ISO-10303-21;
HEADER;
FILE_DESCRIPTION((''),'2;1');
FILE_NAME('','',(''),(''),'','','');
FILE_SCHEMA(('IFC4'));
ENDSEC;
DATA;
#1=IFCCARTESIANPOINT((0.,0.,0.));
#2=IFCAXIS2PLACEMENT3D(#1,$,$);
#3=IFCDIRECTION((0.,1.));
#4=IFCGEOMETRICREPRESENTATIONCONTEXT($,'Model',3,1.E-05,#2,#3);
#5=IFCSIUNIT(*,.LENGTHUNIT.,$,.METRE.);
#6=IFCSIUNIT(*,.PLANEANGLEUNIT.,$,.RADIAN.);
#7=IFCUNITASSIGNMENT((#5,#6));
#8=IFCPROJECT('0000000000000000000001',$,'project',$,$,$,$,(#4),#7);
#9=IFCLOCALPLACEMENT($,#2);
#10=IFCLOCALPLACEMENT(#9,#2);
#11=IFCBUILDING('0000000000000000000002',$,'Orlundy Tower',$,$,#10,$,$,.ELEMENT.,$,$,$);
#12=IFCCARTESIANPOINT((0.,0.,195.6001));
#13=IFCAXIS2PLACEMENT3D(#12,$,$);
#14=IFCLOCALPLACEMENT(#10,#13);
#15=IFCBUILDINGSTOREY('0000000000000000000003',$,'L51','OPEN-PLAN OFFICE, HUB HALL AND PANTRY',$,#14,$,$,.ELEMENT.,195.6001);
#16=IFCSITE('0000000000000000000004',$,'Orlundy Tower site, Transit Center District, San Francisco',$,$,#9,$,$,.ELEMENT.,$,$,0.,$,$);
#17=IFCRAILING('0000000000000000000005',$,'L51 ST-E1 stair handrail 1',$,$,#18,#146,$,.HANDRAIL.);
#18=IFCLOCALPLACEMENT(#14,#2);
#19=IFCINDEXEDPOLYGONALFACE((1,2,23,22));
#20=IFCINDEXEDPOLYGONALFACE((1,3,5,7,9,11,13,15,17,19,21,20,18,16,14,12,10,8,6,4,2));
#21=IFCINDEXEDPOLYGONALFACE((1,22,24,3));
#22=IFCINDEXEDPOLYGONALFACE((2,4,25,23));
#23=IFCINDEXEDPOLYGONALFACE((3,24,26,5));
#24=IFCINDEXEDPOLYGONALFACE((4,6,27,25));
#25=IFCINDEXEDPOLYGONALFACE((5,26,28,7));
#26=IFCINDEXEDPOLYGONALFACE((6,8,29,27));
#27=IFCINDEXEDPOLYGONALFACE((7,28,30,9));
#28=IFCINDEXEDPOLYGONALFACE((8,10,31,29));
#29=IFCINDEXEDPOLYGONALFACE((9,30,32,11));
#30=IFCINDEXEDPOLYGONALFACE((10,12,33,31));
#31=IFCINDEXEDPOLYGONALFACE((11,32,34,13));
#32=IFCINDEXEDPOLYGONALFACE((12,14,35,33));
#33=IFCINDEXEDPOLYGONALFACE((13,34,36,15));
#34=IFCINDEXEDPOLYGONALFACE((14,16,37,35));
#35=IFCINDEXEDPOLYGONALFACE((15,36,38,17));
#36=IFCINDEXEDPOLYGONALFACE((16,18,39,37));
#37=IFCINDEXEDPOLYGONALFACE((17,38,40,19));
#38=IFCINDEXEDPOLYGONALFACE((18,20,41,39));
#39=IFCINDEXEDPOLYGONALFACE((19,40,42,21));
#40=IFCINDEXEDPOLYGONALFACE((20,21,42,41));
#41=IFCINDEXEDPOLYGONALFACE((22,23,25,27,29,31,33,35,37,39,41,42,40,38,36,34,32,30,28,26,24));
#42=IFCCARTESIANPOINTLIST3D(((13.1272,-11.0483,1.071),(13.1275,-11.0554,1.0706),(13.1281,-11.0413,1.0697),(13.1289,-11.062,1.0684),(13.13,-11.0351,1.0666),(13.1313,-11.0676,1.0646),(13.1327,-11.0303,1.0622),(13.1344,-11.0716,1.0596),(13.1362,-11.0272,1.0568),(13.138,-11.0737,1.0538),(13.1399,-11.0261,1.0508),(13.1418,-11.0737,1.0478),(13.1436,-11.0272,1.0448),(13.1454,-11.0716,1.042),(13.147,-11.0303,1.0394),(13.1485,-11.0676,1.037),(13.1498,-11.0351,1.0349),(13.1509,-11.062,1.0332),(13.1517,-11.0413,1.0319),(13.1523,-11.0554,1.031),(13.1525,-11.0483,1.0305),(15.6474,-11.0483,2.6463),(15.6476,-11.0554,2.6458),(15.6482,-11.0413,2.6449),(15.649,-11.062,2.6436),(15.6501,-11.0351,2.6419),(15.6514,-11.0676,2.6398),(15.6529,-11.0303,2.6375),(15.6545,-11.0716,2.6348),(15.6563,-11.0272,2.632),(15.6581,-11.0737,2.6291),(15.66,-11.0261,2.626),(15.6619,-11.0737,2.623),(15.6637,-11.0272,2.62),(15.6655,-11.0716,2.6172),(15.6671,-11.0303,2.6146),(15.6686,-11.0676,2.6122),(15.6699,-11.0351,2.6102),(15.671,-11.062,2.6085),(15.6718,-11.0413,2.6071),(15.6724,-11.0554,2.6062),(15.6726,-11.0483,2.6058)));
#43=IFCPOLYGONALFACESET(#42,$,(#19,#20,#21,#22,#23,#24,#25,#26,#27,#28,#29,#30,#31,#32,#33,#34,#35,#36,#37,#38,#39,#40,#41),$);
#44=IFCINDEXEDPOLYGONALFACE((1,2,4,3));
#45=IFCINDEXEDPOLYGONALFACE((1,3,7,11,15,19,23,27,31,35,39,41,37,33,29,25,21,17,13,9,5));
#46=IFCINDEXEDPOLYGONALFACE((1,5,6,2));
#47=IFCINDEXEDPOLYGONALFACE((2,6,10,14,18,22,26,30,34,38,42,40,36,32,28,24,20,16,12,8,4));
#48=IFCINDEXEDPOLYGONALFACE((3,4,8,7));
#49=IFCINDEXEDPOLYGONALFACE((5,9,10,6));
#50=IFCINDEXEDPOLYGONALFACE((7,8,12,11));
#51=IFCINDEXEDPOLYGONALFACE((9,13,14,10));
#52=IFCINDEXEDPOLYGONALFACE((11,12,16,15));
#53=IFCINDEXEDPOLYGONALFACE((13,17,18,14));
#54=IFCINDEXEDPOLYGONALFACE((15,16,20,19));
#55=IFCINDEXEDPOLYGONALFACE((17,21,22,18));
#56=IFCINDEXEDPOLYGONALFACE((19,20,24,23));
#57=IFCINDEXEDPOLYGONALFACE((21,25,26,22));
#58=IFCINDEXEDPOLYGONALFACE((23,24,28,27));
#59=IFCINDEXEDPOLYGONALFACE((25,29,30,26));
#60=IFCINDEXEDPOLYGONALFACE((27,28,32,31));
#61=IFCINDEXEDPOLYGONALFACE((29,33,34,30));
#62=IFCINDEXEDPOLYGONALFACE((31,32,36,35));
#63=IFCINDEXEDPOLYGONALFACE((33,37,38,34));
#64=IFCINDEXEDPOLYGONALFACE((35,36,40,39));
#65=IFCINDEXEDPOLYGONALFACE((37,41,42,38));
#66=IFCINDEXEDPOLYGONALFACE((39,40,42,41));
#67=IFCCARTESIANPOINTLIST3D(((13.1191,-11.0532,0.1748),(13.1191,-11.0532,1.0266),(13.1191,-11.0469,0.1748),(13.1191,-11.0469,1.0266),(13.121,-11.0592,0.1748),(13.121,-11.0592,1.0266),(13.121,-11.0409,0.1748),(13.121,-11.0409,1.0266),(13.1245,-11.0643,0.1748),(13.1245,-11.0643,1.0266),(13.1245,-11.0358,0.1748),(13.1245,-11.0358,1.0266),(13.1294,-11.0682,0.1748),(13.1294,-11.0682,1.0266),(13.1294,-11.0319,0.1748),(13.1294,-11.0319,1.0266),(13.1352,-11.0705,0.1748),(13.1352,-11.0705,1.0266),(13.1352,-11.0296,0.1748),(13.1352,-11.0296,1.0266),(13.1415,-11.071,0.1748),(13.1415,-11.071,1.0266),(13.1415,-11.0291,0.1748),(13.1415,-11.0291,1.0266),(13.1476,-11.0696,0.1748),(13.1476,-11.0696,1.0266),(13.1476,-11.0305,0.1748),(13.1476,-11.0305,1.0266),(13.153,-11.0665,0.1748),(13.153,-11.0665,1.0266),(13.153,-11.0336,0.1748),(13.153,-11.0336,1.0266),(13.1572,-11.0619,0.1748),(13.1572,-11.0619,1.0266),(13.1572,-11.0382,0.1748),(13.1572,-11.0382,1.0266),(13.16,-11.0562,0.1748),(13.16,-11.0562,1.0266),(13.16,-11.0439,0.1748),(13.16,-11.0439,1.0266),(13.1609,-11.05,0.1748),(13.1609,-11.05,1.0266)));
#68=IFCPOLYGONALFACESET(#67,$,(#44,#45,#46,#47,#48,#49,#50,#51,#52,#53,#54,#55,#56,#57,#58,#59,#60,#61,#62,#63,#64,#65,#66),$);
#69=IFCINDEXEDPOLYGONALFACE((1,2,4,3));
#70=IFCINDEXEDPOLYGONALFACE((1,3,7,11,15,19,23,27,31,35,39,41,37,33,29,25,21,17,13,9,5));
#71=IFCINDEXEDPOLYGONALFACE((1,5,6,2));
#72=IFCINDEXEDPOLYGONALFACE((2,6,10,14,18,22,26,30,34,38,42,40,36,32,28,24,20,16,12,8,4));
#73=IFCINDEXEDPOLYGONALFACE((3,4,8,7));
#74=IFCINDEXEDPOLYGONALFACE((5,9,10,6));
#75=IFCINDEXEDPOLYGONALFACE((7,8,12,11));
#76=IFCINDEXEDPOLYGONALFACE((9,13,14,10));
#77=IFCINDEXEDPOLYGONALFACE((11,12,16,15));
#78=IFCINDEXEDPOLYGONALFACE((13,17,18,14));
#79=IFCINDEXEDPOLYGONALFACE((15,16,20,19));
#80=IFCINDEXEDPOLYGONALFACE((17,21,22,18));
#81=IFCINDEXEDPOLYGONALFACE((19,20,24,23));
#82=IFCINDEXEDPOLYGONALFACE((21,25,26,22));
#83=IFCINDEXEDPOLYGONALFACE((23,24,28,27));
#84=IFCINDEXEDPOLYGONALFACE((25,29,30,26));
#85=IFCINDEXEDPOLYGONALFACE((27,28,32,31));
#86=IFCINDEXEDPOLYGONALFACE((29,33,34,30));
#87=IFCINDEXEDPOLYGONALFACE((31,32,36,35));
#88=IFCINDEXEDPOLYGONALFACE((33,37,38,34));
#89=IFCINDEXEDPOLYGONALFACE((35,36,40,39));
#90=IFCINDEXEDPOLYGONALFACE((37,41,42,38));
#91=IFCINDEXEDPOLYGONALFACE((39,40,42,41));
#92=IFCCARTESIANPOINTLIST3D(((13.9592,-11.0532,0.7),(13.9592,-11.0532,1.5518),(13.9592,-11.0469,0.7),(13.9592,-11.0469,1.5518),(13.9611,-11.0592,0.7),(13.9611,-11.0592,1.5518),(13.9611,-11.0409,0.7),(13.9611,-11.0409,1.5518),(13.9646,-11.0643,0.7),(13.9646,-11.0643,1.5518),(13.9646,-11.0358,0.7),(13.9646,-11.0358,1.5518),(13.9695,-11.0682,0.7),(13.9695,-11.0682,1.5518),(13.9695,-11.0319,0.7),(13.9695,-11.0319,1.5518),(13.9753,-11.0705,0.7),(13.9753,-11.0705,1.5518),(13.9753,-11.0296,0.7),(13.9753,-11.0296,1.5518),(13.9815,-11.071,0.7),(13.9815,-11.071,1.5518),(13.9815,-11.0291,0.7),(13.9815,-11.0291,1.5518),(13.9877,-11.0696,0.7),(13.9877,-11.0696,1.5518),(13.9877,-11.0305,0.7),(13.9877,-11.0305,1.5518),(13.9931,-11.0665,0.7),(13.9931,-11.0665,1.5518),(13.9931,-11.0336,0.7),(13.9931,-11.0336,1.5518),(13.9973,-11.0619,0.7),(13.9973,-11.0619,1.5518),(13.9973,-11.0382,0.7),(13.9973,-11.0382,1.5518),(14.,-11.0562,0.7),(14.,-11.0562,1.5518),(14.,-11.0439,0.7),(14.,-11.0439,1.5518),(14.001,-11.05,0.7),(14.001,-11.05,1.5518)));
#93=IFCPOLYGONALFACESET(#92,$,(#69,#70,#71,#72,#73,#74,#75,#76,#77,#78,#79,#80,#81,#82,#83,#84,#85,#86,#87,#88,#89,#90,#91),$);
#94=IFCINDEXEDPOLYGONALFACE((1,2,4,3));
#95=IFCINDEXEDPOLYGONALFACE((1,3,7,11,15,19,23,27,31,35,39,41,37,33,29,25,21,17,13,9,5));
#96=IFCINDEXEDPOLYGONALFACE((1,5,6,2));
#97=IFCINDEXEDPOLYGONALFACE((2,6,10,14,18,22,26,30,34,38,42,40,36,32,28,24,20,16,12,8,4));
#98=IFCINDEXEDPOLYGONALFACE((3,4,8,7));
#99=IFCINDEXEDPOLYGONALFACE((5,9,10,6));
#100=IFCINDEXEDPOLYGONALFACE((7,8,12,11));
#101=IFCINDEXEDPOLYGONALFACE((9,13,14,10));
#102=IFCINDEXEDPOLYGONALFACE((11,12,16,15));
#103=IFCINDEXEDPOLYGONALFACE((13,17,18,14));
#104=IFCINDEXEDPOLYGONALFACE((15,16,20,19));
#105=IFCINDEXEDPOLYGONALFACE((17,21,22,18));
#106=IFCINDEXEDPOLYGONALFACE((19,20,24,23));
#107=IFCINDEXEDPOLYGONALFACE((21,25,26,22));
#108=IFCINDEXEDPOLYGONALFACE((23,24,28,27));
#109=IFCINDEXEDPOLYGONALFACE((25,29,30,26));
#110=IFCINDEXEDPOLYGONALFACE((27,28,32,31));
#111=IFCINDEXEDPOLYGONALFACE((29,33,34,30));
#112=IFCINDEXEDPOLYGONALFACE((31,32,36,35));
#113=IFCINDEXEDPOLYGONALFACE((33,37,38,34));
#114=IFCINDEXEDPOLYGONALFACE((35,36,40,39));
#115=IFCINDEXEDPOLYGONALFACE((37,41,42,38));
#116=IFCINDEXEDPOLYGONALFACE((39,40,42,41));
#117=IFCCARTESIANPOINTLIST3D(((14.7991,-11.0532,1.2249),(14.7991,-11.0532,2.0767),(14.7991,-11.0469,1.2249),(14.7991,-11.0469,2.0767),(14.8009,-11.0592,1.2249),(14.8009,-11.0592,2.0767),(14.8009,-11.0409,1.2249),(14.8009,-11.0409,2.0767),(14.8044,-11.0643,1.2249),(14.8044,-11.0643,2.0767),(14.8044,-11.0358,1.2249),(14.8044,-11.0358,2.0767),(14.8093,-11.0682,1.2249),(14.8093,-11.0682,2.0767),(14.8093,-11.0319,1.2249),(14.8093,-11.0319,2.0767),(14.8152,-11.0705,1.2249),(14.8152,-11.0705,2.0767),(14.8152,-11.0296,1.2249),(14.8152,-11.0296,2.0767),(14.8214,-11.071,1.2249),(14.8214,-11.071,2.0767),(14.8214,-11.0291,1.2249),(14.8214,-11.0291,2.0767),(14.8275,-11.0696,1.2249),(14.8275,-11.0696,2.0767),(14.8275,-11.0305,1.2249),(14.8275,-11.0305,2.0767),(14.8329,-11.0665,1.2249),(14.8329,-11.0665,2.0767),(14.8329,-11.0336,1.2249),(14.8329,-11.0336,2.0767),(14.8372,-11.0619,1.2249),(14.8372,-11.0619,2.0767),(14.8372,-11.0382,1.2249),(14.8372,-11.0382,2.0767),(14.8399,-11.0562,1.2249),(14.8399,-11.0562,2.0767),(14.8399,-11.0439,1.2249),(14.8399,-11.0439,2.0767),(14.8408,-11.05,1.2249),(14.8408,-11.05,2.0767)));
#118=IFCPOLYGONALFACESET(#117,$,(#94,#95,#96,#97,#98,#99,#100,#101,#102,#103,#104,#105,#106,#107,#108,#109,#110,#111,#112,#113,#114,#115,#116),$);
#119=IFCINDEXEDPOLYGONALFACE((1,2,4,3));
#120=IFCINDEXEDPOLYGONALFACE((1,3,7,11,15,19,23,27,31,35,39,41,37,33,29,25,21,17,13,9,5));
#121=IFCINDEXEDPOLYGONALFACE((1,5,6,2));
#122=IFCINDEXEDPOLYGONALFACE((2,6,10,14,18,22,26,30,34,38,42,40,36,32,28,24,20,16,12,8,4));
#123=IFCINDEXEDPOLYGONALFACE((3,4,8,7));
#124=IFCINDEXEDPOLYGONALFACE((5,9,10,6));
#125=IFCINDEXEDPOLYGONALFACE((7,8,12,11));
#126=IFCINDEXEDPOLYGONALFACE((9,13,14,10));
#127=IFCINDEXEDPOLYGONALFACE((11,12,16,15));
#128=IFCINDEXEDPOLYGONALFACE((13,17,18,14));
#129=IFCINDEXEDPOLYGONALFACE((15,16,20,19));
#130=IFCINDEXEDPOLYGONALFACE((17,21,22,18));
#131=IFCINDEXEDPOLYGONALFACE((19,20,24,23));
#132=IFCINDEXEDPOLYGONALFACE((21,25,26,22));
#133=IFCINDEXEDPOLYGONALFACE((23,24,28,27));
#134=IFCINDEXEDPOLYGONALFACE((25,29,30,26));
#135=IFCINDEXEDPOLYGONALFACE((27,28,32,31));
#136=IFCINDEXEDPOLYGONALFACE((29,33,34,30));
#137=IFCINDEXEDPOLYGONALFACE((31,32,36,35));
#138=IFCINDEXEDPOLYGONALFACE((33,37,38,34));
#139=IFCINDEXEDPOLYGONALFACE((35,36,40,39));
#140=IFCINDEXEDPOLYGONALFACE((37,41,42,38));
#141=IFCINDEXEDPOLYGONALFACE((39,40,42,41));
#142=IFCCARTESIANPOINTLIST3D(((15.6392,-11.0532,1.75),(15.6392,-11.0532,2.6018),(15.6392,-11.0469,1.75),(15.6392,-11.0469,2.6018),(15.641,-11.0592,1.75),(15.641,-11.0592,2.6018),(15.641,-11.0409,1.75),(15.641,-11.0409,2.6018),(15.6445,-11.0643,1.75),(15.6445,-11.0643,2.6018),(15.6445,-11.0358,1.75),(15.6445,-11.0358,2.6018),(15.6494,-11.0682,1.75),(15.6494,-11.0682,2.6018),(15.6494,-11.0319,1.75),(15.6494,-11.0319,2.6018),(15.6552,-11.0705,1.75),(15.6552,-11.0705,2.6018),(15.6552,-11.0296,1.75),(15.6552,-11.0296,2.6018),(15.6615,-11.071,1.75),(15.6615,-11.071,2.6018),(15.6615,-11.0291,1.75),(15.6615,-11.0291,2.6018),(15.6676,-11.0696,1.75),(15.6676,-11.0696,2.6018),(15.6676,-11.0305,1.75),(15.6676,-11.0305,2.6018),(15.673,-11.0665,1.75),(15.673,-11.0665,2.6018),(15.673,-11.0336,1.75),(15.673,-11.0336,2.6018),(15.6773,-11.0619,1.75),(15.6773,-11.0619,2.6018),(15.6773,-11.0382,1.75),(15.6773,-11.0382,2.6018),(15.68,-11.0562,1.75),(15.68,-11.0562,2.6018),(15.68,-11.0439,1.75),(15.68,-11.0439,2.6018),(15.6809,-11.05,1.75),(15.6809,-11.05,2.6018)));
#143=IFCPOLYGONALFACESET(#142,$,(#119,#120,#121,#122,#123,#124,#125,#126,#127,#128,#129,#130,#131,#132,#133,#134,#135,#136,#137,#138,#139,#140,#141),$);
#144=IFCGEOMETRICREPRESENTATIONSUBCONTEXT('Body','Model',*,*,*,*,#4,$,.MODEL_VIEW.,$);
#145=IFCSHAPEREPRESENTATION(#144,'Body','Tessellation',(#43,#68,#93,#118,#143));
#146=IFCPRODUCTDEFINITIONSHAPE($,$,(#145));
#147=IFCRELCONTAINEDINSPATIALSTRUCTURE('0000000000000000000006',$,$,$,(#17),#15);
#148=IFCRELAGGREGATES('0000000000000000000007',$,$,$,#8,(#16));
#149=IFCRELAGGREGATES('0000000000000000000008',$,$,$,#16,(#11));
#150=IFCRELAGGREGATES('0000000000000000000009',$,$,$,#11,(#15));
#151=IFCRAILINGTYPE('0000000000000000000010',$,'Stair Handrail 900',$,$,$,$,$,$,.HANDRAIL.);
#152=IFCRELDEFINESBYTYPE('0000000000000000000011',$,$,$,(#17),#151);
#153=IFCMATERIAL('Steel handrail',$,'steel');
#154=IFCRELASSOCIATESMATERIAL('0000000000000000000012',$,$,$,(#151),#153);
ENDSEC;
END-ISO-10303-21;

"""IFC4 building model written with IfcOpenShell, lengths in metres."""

from ifc_helpers import new_model, si_unit, direction, frame, origin, origin_2d, place, context, subcontext, project, spatial, circle, extrude, material, type_object, element, save


model = new_model("IFC4")

# Units and contexts
model_context = context("Model", 3, precision=1e-05, world=origin(), true_north=direction((0.0, 1.0)))
body_context = subcontext(model_context, "Body", "Model", "MODEL_VIEW")
ifc_project = project(units=[si_unit("LENGTHUNIT", "METRE"), si_unit("PLANEANGLEUNIT", "RADIAN")], contexts=[model_context])

# Site, building, storey
site_placement = place(None, origin())
site = spatial("IfcSite", under=ifc_project, at=site_placement, Name="Orlundy Tower site, Transit Center District, San Francisco", CompositionType="ELEMENT", RefElevation=0.0)
building_placement = place(site_placement, origin())
building = spatial("IfcBuilding", under=site, at=building_placement, Name="Orlundy Tower", CompositionType="ELEMENT")
storey_placement = place(building_placement, frame((0.0, 0.0, 195.6001)))
storey = spatial("IfcBuildingStorey", under=building, at=storey_placement, Name="L51", Description="OPEN-PLAN OFFICE, HUB HALL AND PANTRY", CompositionType="ELEMENT", Elevation=195.6001)

# Railing
ifc_material_1 = material(Name="Steel handrail", Category="steel")
railing_type_1 = type_object("IfcRailingType", Name="Stair Handrail 900", PredefinedType="HANDRAIL", material=ifc_material_1)
for number, where, name in (
    (1, (13.1399, -11.05, 0.1748), "L51 ST-E1 stair handrail 1"),
):
    element("IfcRailing", number, at=place(storey_placement, frame(where)), inside=storey, type_object=railing_type_1, Name=name, PredefinedType="HANDRAIL", context=body_context, shape_type="SweptSolid", body=[
        extrude(circle(Radius=0.0239, at=origin_2d()), frame((0.0, 0.0, 0.876), z_axis=(0.847971, 0.0, 0.530043), x_axis=(0.0, 1.0, 0.0)), (0.0, 0.0, 1.0), 2.9719),
        extrude(circle(Radius=0.021, at=origin_2d()), origin(), (0.0, 0.0, 1.0), 0.8518),
        extrude(circle(Radius=0.021, at=origin_2d()), frame((0.8401, 0.0, 0.5251)), (0.0, 0.0, 1.0), 0.8518),
        extrude(circle(Radius=0.021, at=origin_2d()), frame((1.6799, 0.0, 1.05)), (0.0, 0.0, 1.0), 0.8518),
        extrude(circle(Radius=0.021, at=origin_2d()), frame((2.52, 0.0, 1.5752)), (0.0, 0.0, 1.0), 0.8518),
    ])

save(model, "model.ifc")
